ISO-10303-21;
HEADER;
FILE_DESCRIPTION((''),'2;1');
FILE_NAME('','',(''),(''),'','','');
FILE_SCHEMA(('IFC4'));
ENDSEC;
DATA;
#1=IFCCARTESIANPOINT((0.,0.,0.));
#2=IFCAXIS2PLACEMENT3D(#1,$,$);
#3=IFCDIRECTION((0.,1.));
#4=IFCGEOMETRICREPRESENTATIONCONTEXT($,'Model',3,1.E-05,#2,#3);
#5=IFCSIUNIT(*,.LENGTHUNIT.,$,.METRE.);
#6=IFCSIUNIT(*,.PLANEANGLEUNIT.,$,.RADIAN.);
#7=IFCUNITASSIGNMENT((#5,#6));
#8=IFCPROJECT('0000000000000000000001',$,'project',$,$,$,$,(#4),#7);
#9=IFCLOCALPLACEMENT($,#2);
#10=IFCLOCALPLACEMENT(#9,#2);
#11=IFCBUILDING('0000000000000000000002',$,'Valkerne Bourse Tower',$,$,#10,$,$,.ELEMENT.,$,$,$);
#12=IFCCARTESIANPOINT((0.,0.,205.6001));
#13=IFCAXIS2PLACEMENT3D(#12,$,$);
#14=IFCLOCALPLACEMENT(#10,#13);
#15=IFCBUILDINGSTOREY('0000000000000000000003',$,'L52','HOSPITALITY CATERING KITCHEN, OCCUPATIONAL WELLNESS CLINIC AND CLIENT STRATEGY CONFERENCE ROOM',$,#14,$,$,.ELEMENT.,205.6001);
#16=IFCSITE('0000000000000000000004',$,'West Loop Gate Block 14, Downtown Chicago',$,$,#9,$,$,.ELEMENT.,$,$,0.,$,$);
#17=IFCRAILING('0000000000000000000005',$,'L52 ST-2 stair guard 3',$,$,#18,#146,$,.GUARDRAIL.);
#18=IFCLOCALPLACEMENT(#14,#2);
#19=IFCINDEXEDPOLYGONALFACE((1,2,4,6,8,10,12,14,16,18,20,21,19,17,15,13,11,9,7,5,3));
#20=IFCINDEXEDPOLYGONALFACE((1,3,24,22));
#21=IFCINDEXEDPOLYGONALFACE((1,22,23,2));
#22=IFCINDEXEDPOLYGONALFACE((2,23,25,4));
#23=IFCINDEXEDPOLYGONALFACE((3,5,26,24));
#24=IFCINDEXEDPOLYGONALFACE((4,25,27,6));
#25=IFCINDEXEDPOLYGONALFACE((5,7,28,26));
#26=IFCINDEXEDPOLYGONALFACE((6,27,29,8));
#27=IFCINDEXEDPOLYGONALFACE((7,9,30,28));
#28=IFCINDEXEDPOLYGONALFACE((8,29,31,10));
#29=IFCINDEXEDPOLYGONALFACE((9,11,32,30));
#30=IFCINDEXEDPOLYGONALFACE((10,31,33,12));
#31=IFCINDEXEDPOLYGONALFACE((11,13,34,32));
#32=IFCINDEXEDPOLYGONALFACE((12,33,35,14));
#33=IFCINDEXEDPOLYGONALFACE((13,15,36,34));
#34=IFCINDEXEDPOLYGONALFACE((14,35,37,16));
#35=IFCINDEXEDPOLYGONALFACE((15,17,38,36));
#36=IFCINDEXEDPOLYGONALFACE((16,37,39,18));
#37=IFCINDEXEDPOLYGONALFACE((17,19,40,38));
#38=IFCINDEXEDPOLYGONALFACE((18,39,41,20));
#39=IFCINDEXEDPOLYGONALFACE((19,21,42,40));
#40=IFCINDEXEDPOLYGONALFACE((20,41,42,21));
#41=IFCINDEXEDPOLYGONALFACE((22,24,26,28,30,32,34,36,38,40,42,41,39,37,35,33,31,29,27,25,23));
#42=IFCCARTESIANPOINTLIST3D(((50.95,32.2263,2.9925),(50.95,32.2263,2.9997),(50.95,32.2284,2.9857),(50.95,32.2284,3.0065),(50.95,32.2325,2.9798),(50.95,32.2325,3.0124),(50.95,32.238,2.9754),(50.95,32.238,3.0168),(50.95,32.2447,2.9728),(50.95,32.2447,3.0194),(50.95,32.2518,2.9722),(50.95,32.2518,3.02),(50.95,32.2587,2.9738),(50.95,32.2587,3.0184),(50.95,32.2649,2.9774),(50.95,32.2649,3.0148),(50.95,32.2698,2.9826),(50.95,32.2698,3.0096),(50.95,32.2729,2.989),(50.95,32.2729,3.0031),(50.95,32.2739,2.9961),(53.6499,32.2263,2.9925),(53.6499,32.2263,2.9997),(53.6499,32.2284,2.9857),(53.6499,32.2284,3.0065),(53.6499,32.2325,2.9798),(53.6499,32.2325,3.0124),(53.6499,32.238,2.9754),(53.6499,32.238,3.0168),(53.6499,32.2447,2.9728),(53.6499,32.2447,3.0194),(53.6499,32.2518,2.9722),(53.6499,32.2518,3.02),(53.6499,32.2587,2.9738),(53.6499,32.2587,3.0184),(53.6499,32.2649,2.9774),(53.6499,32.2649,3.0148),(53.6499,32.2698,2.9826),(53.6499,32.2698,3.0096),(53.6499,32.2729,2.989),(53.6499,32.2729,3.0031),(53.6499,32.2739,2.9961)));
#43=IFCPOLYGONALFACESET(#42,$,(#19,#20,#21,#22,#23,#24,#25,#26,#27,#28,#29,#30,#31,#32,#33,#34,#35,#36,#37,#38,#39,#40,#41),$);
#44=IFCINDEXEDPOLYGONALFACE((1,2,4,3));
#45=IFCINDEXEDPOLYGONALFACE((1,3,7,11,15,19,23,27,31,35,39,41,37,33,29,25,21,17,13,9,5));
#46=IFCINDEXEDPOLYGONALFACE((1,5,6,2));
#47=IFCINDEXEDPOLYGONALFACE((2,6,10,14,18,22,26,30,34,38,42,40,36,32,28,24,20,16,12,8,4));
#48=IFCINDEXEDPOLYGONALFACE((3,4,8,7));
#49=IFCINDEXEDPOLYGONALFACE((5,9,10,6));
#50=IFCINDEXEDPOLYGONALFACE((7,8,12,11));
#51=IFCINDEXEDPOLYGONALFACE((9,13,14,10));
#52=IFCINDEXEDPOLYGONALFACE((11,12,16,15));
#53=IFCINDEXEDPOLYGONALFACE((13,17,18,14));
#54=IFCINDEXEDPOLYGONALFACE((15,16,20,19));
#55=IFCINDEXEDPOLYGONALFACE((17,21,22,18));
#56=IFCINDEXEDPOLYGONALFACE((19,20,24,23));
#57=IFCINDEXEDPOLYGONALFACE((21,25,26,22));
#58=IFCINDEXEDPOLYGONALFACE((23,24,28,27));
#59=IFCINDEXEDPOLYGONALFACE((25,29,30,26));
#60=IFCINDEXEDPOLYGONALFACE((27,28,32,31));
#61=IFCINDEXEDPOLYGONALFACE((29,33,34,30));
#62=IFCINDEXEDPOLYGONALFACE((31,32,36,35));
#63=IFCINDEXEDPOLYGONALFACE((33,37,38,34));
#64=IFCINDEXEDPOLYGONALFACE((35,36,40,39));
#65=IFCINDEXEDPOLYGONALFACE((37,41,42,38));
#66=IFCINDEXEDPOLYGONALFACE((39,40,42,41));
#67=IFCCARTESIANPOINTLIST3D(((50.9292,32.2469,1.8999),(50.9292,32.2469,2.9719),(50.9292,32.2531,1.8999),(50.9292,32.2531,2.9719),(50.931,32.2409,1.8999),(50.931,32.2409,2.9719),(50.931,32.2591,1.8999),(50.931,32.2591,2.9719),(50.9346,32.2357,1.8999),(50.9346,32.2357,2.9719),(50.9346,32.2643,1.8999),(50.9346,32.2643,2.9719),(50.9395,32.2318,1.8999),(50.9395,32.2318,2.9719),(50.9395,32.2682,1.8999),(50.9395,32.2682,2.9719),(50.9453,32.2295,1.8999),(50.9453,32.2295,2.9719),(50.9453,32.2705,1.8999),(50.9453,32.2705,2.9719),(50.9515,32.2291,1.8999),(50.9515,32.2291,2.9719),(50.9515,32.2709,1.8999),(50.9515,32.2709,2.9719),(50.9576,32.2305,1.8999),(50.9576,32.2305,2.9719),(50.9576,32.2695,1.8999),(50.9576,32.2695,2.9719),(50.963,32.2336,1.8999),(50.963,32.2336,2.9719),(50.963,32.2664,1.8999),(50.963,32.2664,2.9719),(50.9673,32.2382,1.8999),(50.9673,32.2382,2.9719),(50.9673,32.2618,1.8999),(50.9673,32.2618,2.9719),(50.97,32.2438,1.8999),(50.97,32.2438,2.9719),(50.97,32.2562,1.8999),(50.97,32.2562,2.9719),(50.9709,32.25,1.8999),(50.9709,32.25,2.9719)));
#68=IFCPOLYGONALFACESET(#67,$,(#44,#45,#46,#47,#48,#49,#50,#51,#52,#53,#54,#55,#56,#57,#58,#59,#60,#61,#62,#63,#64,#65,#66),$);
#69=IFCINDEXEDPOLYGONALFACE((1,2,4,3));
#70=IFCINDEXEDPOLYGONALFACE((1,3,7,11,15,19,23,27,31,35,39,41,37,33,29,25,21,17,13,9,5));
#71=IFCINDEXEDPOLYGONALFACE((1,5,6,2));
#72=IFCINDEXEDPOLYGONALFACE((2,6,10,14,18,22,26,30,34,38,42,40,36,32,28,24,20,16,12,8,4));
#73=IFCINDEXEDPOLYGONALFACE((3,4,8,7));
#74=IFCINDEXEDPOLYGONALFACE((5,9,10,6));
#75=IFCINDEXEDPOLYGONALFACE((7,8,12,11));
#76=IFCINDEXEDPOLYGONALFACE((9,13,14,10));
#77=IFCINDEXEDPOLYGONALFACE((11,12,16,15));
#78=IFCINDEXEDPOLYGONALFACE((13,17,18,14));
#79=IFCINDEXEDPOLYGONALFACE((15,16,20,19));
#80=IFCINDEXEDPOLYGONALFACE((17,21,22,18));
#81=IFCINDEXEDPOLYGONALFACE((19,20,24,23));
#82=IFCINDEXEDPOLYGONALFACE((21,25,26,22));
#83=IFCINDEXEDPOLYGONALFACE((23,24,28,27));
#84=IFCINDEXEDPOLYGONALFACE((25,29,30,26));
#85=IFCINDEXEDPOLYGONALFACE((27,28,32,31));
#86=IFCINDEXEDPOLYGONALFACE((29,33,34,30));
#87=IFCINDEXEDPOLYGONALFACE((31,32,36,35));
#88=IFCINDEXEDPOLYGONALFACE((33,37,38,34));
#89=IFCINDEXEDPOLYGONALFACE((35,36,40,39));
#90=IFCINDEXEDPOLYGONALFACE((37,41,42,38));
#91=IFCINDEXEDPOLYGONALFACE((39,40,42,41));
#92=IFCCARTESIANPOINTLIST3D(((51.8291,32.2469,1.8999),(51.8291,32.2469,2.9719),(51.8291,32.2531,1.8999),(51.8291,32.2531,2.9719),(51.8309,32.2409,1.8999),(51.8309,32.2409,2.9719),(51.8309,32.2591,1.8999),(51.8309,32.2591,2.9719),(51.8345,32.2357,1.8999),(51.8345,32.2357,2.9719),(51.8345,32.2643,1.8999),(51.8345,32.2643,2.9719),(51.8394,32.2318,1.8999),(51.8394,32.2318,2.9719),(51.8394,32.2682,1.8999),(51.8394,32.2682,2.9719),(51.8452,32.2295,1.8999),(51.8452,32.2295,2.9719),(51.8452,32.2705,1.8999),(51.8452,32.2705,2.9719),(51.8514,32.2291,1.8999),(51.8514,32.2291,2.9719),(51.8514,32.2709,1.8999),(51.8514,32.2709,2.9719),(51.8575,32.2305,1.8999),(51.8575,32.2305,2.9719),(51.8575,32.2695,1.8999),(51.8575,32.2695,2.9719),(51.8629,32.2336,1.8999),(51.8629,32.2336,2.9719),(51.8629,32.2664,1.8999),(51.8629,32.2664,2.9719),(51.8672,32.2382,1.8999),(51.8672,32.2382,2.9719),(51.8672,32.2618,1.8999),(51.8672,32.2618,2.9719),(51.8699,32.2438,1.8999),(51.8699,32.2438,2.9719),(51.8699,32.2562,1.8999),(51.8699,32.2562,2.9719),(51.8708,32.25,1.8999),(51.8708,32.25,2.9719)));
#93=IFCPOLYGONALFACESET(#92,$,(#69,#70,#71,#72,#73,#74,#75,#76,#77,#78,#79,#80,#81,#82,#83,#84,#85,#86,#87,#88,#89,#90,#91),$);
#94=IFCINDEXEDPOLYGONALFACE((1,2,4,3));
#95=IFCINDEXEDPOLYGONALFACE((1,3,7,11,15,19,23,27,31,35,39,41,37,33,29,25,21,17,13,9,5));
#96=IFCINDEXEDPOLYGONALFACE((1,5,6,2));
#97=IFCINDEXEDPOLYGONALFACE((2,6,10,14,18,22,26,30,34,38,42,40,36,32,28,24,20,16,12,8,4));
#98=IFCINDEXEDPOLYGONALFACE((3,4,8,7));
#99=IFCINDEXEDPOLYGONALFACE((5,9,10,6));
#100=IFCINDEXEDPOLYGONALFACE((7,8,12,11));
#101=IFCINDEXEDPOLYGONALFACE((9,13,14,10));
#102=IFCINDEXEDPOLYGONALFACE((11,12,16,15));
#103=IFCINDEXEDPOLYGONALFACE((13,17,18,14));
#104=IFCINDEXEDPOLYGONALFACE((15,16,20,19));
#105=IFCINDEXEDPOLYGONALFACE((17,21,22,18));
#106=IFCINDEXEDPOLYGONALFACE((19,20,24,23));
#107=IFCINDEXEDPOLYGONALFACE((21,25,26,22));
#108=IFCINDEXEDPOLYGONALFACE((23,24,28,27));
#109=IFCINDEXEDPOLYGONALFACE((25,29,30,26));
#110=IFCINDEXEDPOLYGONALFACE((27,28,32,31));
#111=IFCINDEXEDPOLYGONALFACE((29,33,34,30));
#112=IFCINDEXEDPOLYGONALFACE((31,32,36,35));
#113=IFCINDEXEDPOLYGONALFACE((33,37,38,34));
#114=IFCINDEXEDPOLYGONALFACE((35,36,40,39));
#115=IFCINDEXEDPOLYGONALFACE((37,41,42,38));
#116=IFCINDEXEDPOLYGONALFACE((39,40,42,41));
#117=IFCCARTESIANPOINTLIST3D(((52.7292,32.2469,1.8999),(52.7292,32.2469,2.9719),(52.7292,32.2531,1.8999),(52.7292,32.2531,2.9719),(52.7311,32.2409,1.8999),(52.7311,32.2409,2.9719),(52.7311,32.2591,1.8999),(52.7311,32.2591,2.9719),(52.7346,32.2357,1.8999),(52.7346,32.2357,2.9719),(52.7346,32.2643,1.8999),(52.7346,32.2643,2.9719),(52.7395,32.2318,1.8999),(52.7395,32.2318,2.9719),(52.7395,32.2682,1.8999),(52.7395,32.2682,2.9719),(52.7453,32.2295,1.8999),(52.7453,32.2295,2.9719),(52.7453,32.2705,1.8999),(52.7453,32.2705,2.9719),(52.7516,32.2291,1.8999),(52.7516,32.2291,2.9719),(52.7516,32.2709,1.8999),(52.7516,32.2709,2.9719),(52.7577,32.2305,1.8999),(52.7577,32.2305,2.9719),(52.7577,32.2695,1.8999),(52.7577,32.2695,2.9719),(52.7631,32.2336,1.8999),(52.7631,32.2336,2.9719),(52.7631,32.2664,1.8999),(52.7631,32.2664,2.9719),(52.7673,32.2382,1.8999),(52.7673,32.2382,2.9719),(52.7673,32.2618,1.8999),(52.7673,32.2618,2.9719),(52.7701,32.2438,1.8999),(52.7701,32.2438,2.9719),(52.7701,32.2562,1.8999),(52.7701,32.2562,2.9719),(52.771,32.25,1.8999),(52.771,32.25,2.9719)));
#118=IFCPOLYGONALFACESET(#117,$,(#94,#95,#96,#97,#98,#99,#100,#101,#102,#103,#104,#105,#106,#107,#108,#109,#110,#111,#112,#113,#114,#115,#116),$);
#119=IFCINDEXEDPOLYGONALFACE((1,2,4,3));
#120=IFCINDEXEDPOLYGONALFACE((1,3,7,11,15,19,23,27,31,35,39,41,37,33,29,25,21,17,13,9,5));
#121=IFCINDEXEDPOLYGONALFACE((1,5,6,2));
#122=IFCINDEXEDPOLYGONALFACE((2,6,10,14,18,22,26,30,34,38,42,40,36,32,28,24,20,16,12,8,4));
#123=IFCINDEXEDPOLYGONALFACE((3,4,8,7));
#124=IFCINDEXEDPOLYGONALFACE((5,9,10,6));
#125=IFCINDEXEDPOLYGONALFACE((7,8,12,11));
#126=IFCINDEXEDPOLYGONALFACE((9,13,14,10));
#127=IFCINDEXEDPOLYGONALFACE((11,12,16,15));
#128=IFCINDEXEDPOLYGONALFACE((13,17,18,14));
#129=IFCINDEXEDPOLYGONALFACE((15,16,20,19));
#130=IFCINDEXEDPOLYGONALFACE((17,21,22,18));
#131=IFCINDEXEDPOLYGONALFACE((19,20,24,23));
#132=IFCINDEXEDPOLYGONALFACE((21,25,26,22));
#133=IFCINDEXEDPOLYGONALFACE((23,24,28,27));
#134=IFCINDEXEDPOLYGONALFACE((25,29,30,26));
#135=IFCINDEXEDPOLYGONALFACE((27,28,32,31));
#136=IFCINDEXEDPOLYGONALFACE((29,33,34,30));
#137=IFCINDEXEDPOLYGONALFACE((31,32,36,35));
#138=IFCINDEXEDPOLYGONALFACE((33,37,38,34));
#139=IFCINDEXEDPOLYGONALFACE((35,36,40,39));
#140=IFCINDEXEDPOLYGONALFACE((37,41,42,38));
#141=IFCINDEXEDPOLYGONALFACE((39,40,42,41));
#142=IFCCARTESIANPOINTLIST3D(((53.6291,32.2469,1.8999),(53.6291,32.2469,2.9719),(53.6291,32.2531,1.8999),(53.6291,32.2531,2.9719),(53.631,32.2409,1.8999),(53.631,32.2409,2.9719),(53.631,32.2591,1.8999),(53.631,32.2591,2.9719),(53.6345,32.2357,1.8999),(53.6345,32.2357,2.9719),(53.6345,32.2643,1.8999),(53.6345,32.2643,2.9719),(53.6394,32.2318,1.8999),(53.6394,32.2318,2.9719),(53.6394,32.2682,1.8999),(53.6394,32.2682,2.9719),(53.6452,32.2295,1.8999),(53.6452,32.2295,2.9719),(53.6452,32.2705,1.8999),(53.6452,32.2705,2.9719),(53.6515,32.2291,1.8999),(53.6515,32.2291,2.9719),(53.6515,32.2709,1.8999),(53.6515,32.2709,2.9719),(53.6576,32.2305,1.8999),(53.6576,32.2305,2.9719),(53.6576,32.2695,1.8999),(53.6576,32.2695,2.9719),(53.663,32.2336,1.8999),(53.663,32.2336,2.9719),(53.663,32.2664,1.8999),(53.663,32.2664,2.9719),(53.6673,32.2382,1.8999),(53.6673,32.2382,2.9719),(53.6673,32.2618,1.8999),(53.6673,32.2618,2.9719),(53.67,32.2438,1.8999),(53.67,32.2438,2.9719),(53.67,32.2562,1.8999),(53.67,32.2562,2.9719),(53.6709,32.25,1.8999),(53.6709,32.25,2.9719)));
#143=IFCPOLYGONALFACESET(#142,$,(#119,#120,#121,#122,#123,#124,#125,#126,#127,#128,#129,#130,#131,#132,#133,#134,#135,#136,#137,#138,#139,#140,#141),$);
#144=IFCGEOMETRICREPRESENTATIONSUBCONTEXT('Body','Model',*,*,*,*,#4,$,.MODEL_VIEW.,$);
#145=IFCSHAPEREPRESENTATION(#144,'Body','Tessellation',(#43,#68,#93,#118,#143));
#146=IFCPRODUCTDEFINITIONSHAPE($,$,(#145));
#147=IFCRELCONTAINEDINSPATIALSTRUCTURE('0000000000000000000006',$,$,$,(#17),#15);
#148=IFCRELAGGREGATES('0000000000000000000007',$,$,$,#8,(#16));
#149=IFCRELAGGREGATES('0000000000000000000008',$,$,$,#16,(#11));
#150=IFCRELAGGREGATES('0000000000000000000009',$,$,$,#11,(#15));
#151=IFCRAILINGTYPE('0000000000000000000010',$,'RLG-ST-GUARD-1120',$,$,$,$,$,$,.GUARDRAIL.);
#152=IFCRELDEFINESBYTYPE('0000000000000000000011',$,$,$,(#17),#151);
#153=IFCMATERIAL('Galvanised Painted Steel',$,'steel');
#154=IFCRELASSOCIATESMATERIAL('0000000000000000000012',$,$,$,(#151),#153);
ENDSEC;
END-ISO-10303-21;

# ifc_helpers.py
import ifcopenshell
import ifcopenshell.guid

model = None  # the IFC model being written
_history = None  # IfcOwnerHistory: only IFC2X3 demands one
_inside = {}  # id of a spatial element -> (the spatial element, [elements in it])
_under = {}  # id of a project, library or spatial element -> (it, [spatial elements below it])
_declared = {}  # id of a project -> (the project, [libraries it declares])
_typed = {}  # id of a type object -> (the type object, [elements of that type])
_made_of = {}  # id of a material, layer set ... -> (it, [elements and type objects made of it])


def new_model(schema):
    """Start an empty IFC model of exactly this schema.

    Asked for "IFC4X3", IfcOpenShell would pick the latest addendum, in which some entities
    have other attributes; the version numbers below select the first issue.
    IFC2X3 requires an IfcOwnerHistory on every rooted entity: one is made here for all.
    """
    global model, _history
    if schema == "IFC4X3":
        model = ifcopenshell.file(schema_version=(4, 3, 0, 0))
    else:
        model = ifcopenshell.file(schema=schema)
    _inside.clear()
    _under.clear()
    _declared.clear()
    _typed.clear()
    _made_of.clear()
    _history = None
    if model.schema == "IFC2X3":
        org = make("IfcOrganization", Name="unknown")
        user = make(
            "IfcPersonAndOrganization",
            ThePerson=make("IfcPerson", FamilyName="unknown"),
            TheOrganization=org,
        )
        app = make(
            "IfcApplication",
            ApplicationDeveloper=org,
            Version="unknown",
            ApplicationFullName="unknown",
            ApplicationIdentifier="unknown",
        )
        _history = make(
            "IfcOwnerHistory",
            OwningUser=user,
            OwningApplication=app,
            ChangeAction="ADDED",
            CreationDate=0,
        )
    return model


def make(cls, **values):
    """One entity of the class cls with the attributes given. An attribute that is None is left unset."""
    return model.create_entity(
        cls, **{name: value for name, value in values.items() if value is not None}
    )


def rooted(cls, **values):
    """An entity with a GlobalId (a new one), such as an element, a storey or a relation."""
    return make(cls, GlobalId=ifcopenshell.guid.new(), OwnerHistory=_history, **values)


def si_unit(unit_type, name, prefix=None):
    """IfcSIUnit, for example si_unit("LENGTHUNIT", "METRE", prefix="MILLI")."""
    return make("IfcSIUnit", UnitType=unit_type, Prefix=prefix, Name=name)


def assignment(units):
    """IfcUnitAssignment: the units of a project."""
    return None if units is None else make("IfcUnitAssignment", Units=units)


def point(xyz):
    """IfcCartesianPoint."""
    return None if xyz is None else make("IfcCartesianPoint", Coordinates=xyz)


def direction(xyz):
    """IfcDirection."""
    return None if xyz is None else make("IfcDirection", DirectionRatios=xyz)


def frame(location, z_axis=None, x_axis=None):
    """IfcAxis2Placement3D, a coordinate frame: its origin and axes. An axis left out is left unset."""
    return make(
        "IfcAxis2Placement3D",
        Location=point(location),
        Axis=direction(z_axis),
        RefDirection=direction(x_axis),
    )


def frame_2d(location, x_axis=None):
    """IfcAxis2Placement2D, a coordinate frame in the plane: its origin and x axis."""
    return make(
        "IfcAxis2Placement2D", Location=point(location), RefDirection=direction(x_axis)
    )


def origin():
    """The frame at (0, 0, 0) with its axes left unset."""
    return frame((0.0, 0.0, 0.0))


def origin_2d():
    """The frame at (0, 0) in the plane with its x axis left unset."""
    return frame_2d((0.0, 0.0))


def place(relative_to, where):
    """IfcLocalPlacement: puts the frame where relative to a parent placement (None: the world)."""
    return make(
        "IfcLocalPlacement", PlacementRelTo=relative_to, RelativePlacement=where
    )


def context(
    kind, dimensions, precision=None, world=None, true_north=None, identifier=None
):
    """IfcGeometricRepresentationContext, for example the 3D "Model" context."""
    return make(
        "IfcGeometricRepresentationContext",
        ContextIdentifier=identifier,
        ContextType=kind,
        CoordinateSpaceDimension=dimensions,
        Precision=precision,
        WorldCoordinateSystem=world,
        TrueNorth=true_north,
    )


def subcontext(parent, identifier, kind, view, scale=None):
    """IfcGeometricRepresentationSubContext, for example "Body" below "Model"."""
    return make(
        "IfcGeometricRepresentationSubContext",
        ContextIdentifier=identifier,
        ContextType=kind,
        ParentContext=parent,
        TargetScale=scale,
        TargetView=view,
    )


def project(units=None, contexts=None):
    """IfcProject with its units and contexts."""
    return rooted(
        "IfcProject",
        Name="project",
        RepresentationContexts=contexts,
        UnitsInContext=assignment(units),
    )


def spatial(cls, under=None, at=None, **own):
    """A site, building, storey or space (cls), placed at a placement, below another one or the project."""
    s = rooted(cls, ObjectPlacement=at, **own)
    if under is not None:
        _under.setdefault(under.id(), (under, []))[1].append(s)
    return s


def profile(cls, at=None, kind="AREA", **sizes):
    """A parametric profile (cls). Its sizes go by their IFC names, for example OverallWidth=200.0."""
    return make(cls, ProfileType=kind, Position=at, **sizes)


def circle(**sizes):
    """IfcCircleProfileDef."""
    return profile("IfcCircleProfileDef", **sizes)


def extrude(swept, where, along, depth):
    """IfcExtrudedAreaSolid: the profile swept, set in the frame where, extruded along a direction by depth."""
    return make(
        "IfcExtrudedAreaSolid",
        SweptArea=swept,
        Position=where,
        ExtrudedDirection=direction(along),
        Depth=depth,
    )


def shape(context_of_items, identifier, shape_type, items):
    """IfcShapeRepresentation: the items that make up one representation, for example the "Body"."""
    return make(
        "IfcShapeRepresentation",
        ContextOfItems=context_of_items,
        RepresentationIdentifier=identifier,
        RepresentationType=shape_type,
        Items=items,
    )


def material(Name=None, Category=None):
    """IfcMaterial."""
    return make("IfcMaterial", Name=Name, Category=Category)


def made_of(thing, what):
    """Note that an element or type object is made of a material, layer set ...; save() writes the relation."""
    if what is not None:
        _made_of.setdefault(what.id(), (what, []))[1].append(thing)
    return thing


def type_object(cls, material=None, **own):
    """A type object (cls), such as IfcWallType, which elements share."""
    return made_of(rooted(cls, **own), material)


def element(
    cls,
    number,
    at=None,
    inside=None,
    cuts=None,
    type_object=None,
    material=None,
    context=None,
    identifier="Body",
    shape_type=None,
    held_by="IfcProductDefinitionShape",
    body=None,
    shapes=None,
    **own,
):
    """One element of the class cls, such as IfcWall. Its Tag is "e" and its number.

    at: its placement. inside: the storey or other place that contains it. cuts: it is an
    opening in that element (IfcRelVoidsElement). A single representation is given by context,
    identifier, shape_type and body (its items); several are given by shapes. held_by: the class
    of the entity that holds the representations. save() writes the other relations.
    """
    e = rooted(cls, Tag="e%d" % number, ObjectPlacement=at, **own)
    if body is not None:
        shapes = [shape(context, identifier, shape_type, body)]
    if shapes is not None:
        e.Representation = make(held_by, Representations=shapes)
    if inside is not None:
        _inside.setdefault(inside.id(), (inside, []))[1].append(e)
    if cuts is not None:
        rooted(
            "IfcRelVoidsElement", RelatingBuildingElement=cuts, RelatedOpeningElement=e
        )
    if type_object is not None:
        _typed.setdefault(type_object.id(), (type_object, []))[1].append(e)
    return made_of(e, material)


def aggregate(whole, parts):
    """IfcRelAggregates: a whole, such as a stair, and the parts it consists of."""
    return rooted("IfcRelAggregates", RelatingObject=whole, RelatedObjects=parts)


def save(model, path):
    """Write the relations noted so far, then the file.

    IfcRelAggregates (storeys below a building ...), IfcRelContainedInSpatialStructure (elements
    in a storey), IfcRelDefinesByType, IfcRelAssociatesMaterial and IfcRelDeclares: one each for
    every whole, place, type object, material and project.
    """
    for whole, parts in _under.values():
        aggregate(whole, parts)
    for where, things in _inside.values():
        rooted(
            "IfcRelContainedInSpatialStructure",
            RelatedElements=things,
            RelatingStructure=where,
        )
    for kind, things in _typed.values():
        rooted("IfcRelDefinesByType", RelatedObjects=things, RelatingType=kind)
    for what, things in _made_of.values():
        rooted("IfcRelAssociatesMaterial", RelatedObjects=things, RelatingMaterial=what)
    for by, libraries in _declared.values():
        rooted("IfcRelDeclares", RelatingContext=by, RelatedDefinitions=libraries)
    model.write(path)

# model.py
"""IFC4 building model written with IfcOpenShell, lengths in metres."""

from ifc_helpers import new_model, si_unit, direction, frame, origin, origin_2d, place, context, subcontext, project, spatial, circle, extrude, material, type_object, element, save


model = new_model("IFC4")

# Units and contexts
model_context = context("Model", 3, precision=1e-05, world=origin(), true_north=direction((0.0, 1.0)))
body_context = subcontext(model_context, "Body", "Model", "MODEL_VIEW")
ifc_project = project(units=[si_unit("LENGTHUNIT", "METRE"), si_unit("PLANEANGLEUNIT", "RADIAN")], contexts=[model_context])

# Site, building, storey
site_placement = place(None, origin())
site = spatial("IfcSite", under=ifc_project, at=site_placement, Name="West Loop Gate Block 14, Downtown Chicago", CompositionType="ELEMENT", RefElevation=0.0)
building_placement = place(site_placement, origin())
building = spatial("IfcBuilding", under=site, at=building_placement, Name="Valkerne Bourse Tower", CompositionType="ELEMENT")
storey_placement = place(building_placement, frame((0.0, 0.0, 205.6001)))
storey = spatial("IfcBuildingStorey", under=building, at=storey_placement, Name="L52", Description="HOSPITALITY CATERING KITCHEN, OCCUPATIONAL WELLNESS CLINIC AND CLIENT STRATEGY CONFERENCE ROOM", CompositionType="ELEMENT", Elevation=205.6001)

# Shared definitions
ifc_material_1 = material(Name="Galvanised Painted Steel", Category="steel")

# Railing
railing_type_1 = type_object("IfcRailingType", Name="RLG-ST-GUARD-1120", PredefinedType="GUARDRAIL", material=ifc_material_1)
railing_1_placement = place(storey_placement, frame((50.95, 32.25, 1.8999)))
element("IfcRailing", 1, at=railing_1_placement, inside=storey, type_object=railing_type_1, Name="L52 ST-2 stair guard 3", PredefinedType="GUARDRAIL", context=body_context, shape_type="SweptSolid", body=[
    extrude(circle(Radius=0.0239, at=origin_2d()), frame((0.0, 0.0, 1.0962), z_axis=(1.0, 0.0, 0.0), x_axis=(0.0, 1.0, 0.0)), (0.0, 0.0, 1.0), 2.7),
    extrude(circle(Radius=0.021, at=origin_2d()), origin(), (0.0, 0.0, 1.0), 1.072),
    extrude(circle(Radius=0.021, at=origin_2d()), frame((0.8999, 0.0, 0.0)), (0.0, 0.0, 1.0), 1.072),
    extrude(circle(Radius=0.021, at=origin_2d()), frame((1.8, 0.0, 0.0)), (0.0, 0.0, 1.0), 1.072),
    extrude(circle(Radius=0.021, at=origin_2d()), frame((2.7, 0.0, 0.0)), (0.0, 0.0, 1.0), 1.072),
])

save(model, "model.ifc")
